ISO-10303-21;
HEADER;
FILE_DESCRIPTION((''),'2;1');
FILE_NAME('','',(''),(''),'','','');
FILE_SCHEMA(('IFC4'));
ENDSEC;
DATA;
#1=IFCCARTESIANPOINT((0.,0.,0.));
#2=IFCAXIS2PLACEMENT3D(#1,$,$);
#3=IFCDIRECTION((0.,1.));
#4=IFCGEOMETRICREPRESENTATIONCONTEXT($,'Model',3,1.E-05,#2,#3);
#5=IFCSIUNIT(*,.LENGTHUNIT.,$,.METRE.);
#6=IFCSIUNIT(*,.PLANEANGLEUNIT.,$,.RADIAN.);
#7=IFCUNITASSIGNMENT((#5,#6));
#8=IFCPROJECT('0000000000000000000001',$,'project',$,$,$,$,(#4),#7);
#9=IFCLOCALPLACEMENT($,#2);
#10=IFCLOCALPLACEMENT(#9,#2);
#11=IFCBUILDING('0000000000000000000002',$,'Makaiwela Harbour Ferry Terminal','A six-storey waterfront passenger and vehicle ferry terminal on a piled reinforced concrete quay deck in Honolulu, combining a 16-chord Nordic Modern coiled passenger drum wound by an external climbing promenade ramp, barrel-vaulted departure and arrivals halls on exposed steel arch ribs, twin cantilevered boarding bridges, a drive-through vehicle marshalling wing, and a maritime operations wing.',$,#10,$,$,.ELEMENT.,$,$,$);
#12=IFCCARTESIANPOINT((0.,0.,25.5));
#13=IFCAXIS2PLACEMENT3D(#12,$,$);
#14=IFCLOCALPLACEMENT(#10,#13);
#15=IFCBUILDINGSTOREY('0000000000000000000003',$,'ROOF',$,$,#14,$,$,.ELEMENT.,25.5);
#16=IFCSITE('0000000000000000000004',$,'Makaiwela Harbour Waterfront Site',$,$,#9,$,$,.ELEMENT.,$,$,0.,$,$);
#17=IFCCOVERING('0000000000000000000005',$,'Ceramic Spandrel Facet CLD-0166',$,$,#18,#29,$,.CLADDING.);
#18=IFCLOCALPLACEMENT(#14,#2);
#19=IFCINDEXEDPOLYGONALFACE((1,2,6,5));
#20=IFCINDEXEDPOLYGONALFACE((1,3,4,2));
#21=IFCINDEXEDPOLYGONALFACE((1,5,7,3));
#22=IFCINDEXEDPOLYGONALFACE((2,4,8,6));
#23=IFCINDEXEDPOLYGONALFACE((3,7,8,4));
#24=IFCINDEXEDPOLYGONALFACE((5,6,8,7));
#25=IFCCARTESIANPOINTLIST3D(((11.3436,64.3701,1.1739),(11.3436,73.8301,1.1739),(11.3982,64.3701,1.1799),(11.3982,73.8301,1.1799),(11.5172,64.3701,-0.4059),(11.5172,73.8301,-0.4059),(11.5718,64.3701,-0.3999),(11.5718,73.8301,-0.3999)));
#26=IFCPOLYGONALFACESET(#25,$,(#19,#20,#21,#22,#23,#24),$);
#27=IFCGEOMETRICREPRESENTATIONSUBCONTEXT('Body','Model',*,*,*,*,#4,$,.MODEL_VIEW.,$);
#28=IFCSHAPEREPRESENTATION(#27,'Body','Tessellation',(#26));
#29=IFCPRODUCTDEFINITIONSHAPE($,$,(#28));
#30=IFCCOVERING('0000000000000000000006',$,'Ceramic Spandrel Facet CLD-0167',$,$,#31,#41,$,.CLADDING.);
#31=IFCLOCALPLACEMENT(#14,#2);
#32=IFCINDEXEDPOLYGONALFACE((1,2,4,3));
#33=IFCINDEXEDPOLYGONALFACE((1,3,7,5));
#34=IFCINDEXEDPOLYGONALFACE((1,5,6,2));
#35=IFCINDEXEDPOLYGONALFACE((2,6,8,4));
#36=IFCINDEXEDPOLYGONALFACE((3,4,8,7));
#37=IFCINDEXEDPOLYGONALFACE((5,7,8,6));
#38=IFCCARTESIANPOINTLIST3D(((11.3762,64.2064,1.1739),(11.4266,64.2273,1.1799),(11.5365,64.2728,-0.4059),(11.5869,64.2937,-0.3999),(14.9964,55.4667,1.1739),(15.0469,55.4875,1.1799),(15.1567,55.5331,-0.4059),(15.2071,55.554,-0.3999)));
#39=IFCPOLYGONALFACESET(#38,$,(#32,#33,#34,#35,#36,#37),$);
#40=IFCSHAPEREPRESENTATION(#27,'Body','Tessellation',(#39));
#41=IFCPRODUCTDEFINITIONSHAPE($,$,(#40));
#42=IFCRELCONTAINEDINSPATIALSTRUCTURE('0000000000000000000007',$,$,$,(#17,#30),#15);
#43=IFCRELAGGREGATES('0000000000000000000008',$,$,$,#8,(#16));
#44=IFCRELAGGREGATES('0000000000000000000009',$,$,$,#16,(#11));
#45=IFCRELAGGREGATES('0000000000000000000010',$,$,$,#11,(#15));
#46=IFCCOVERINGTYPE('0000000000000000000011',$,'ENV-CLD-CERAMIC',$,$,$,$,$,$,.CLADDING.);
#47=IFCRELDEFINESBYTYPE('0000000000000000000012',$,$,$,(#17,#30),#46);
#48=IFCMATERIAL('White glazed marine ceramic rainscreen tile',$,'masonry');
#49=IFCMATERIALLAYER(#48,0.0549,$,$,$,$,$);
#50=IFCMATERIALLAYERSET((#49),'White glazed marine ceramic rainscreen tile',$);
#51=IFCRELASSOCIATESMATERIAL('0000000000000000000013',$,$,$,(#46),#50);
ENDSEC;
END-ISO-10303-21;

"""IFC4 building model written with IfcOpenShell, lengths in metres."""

from ifc_helpers import new_model, si_unit, direction, frame, origin, place, context, subcontext, project, spatial, polyline, outline, extrude, material, layer, layer_set, type_object, element, save


model = new_model("IFC4")

# Units and contexts
model_context = context("Model", 3, precision=1e-05, world=origin(), true_north=direction((0.0, 1.0)))
body_context = subcontext(model_context, "Body", "Model", "MODEL_VIEW")
ifc_project = project(units=[si_unit("LENGTHUNIT", "METRE"), si_unit("PLANEANGLEUNIT", "RADIAN")], contexts=[model_context])

# Site, building, storey
site_placement = place(None, origin())
site = spatial("IfcSite", under=ifc_project, at=site_placement, Name="Makaiwela Harbour Waterfront Site", CompositionType="ELEMENT", RefElevation=0.0)
building_placement = place(site_placement, origin())
building = spatial("IfcBuilding", under=site, at=building_placement, Name="Makaiwela Harbour Ferry Terminal", Description="A six-storey waterfront passenger and vehicle ferry terminal on a piled reinforced concrete quay deck in Honolulu, combining a 16-chord Nordic Modern coiled passenger drum wound by an external climbing promenade ramp, barrel-vaulted departure and arrivals halls on exposed steel arch ribs, twin cantilevered boarding bridges, a drive-through vehicle marshalling wing, and a maritime operations wing.", CompositionType="ELEMENT")
storey_placement = place(building_placement, frame((0.0, 0.0, 25.5)))
storey = spatial("IfcBuildingStorey", under=building, at=storey_placement, Name="ROOF", CompositionType="ELEMENT", Elevation=25.5)

# Coverings
ifc_material_1 = material(Name="White glazed marine ceramic rainscreen tile", Category="masonry")
ifc_layer_1 = layer(ifc_material_1, 0.0549)
ifc_layer_set_1 = layer_set([ifc_layer_1], Name="White glazed marine ceramic rainscreen tile")
covering_type = type_object("IfcCoveringType", Name="ENV-CLD-CERAMIC", PredefinedType="CLADDING", material=ifc_layer_set_1)
covering_1_placement = place(storey_placement, frame((11.5718, 73.8301, -0.3999), z_axis=(0.994018, 0.0, 0.109218), x_axis=(0.0, -1.0, 0.0)))
element("IfcCovering", 1, at=covering_1_placement, inside=storey, type_object=covering_type, Name="Ceramic Spandrel Facet CLD-0166", PredefinedType="CLADDING", context=body_context, shape_type="SweptSolid", body=[
    extrude(outline(polyline([(0.0, 0.0), (9.46, 0.0), (9.46, -1.5893), (0.0, -1.5893), (0.0, 0.0)])), origin(), (0.0, 0.0, -1.0), 0.0549),
])
covering_2_placement = place(storey_placement, frame((11.5869, 64.2937, -0.3999), z_axis=(0.918354, 0.380407, 0.109159), x_axis=(0.382694, -0.923875, 0.000001)))
element("IfcCovering", 2, at=covering_2_placement, inside=storey, type_object=covering_type, Name="Ceramic Spandrel Facet CLD-0167", PredefinedType="CLADDING", context=body_context, shape_type="SweptSolid", body=[
    extrude(outline(polyline([(0.0, 0.0), (9.4598, 0.0), (9.4599, -1.5893), (0.0, -1.5893), (0.0, 0.0)])), origin(), (0.0, 0.0, -1.0), 0.0549),
])

save(model, "model.ifc")
